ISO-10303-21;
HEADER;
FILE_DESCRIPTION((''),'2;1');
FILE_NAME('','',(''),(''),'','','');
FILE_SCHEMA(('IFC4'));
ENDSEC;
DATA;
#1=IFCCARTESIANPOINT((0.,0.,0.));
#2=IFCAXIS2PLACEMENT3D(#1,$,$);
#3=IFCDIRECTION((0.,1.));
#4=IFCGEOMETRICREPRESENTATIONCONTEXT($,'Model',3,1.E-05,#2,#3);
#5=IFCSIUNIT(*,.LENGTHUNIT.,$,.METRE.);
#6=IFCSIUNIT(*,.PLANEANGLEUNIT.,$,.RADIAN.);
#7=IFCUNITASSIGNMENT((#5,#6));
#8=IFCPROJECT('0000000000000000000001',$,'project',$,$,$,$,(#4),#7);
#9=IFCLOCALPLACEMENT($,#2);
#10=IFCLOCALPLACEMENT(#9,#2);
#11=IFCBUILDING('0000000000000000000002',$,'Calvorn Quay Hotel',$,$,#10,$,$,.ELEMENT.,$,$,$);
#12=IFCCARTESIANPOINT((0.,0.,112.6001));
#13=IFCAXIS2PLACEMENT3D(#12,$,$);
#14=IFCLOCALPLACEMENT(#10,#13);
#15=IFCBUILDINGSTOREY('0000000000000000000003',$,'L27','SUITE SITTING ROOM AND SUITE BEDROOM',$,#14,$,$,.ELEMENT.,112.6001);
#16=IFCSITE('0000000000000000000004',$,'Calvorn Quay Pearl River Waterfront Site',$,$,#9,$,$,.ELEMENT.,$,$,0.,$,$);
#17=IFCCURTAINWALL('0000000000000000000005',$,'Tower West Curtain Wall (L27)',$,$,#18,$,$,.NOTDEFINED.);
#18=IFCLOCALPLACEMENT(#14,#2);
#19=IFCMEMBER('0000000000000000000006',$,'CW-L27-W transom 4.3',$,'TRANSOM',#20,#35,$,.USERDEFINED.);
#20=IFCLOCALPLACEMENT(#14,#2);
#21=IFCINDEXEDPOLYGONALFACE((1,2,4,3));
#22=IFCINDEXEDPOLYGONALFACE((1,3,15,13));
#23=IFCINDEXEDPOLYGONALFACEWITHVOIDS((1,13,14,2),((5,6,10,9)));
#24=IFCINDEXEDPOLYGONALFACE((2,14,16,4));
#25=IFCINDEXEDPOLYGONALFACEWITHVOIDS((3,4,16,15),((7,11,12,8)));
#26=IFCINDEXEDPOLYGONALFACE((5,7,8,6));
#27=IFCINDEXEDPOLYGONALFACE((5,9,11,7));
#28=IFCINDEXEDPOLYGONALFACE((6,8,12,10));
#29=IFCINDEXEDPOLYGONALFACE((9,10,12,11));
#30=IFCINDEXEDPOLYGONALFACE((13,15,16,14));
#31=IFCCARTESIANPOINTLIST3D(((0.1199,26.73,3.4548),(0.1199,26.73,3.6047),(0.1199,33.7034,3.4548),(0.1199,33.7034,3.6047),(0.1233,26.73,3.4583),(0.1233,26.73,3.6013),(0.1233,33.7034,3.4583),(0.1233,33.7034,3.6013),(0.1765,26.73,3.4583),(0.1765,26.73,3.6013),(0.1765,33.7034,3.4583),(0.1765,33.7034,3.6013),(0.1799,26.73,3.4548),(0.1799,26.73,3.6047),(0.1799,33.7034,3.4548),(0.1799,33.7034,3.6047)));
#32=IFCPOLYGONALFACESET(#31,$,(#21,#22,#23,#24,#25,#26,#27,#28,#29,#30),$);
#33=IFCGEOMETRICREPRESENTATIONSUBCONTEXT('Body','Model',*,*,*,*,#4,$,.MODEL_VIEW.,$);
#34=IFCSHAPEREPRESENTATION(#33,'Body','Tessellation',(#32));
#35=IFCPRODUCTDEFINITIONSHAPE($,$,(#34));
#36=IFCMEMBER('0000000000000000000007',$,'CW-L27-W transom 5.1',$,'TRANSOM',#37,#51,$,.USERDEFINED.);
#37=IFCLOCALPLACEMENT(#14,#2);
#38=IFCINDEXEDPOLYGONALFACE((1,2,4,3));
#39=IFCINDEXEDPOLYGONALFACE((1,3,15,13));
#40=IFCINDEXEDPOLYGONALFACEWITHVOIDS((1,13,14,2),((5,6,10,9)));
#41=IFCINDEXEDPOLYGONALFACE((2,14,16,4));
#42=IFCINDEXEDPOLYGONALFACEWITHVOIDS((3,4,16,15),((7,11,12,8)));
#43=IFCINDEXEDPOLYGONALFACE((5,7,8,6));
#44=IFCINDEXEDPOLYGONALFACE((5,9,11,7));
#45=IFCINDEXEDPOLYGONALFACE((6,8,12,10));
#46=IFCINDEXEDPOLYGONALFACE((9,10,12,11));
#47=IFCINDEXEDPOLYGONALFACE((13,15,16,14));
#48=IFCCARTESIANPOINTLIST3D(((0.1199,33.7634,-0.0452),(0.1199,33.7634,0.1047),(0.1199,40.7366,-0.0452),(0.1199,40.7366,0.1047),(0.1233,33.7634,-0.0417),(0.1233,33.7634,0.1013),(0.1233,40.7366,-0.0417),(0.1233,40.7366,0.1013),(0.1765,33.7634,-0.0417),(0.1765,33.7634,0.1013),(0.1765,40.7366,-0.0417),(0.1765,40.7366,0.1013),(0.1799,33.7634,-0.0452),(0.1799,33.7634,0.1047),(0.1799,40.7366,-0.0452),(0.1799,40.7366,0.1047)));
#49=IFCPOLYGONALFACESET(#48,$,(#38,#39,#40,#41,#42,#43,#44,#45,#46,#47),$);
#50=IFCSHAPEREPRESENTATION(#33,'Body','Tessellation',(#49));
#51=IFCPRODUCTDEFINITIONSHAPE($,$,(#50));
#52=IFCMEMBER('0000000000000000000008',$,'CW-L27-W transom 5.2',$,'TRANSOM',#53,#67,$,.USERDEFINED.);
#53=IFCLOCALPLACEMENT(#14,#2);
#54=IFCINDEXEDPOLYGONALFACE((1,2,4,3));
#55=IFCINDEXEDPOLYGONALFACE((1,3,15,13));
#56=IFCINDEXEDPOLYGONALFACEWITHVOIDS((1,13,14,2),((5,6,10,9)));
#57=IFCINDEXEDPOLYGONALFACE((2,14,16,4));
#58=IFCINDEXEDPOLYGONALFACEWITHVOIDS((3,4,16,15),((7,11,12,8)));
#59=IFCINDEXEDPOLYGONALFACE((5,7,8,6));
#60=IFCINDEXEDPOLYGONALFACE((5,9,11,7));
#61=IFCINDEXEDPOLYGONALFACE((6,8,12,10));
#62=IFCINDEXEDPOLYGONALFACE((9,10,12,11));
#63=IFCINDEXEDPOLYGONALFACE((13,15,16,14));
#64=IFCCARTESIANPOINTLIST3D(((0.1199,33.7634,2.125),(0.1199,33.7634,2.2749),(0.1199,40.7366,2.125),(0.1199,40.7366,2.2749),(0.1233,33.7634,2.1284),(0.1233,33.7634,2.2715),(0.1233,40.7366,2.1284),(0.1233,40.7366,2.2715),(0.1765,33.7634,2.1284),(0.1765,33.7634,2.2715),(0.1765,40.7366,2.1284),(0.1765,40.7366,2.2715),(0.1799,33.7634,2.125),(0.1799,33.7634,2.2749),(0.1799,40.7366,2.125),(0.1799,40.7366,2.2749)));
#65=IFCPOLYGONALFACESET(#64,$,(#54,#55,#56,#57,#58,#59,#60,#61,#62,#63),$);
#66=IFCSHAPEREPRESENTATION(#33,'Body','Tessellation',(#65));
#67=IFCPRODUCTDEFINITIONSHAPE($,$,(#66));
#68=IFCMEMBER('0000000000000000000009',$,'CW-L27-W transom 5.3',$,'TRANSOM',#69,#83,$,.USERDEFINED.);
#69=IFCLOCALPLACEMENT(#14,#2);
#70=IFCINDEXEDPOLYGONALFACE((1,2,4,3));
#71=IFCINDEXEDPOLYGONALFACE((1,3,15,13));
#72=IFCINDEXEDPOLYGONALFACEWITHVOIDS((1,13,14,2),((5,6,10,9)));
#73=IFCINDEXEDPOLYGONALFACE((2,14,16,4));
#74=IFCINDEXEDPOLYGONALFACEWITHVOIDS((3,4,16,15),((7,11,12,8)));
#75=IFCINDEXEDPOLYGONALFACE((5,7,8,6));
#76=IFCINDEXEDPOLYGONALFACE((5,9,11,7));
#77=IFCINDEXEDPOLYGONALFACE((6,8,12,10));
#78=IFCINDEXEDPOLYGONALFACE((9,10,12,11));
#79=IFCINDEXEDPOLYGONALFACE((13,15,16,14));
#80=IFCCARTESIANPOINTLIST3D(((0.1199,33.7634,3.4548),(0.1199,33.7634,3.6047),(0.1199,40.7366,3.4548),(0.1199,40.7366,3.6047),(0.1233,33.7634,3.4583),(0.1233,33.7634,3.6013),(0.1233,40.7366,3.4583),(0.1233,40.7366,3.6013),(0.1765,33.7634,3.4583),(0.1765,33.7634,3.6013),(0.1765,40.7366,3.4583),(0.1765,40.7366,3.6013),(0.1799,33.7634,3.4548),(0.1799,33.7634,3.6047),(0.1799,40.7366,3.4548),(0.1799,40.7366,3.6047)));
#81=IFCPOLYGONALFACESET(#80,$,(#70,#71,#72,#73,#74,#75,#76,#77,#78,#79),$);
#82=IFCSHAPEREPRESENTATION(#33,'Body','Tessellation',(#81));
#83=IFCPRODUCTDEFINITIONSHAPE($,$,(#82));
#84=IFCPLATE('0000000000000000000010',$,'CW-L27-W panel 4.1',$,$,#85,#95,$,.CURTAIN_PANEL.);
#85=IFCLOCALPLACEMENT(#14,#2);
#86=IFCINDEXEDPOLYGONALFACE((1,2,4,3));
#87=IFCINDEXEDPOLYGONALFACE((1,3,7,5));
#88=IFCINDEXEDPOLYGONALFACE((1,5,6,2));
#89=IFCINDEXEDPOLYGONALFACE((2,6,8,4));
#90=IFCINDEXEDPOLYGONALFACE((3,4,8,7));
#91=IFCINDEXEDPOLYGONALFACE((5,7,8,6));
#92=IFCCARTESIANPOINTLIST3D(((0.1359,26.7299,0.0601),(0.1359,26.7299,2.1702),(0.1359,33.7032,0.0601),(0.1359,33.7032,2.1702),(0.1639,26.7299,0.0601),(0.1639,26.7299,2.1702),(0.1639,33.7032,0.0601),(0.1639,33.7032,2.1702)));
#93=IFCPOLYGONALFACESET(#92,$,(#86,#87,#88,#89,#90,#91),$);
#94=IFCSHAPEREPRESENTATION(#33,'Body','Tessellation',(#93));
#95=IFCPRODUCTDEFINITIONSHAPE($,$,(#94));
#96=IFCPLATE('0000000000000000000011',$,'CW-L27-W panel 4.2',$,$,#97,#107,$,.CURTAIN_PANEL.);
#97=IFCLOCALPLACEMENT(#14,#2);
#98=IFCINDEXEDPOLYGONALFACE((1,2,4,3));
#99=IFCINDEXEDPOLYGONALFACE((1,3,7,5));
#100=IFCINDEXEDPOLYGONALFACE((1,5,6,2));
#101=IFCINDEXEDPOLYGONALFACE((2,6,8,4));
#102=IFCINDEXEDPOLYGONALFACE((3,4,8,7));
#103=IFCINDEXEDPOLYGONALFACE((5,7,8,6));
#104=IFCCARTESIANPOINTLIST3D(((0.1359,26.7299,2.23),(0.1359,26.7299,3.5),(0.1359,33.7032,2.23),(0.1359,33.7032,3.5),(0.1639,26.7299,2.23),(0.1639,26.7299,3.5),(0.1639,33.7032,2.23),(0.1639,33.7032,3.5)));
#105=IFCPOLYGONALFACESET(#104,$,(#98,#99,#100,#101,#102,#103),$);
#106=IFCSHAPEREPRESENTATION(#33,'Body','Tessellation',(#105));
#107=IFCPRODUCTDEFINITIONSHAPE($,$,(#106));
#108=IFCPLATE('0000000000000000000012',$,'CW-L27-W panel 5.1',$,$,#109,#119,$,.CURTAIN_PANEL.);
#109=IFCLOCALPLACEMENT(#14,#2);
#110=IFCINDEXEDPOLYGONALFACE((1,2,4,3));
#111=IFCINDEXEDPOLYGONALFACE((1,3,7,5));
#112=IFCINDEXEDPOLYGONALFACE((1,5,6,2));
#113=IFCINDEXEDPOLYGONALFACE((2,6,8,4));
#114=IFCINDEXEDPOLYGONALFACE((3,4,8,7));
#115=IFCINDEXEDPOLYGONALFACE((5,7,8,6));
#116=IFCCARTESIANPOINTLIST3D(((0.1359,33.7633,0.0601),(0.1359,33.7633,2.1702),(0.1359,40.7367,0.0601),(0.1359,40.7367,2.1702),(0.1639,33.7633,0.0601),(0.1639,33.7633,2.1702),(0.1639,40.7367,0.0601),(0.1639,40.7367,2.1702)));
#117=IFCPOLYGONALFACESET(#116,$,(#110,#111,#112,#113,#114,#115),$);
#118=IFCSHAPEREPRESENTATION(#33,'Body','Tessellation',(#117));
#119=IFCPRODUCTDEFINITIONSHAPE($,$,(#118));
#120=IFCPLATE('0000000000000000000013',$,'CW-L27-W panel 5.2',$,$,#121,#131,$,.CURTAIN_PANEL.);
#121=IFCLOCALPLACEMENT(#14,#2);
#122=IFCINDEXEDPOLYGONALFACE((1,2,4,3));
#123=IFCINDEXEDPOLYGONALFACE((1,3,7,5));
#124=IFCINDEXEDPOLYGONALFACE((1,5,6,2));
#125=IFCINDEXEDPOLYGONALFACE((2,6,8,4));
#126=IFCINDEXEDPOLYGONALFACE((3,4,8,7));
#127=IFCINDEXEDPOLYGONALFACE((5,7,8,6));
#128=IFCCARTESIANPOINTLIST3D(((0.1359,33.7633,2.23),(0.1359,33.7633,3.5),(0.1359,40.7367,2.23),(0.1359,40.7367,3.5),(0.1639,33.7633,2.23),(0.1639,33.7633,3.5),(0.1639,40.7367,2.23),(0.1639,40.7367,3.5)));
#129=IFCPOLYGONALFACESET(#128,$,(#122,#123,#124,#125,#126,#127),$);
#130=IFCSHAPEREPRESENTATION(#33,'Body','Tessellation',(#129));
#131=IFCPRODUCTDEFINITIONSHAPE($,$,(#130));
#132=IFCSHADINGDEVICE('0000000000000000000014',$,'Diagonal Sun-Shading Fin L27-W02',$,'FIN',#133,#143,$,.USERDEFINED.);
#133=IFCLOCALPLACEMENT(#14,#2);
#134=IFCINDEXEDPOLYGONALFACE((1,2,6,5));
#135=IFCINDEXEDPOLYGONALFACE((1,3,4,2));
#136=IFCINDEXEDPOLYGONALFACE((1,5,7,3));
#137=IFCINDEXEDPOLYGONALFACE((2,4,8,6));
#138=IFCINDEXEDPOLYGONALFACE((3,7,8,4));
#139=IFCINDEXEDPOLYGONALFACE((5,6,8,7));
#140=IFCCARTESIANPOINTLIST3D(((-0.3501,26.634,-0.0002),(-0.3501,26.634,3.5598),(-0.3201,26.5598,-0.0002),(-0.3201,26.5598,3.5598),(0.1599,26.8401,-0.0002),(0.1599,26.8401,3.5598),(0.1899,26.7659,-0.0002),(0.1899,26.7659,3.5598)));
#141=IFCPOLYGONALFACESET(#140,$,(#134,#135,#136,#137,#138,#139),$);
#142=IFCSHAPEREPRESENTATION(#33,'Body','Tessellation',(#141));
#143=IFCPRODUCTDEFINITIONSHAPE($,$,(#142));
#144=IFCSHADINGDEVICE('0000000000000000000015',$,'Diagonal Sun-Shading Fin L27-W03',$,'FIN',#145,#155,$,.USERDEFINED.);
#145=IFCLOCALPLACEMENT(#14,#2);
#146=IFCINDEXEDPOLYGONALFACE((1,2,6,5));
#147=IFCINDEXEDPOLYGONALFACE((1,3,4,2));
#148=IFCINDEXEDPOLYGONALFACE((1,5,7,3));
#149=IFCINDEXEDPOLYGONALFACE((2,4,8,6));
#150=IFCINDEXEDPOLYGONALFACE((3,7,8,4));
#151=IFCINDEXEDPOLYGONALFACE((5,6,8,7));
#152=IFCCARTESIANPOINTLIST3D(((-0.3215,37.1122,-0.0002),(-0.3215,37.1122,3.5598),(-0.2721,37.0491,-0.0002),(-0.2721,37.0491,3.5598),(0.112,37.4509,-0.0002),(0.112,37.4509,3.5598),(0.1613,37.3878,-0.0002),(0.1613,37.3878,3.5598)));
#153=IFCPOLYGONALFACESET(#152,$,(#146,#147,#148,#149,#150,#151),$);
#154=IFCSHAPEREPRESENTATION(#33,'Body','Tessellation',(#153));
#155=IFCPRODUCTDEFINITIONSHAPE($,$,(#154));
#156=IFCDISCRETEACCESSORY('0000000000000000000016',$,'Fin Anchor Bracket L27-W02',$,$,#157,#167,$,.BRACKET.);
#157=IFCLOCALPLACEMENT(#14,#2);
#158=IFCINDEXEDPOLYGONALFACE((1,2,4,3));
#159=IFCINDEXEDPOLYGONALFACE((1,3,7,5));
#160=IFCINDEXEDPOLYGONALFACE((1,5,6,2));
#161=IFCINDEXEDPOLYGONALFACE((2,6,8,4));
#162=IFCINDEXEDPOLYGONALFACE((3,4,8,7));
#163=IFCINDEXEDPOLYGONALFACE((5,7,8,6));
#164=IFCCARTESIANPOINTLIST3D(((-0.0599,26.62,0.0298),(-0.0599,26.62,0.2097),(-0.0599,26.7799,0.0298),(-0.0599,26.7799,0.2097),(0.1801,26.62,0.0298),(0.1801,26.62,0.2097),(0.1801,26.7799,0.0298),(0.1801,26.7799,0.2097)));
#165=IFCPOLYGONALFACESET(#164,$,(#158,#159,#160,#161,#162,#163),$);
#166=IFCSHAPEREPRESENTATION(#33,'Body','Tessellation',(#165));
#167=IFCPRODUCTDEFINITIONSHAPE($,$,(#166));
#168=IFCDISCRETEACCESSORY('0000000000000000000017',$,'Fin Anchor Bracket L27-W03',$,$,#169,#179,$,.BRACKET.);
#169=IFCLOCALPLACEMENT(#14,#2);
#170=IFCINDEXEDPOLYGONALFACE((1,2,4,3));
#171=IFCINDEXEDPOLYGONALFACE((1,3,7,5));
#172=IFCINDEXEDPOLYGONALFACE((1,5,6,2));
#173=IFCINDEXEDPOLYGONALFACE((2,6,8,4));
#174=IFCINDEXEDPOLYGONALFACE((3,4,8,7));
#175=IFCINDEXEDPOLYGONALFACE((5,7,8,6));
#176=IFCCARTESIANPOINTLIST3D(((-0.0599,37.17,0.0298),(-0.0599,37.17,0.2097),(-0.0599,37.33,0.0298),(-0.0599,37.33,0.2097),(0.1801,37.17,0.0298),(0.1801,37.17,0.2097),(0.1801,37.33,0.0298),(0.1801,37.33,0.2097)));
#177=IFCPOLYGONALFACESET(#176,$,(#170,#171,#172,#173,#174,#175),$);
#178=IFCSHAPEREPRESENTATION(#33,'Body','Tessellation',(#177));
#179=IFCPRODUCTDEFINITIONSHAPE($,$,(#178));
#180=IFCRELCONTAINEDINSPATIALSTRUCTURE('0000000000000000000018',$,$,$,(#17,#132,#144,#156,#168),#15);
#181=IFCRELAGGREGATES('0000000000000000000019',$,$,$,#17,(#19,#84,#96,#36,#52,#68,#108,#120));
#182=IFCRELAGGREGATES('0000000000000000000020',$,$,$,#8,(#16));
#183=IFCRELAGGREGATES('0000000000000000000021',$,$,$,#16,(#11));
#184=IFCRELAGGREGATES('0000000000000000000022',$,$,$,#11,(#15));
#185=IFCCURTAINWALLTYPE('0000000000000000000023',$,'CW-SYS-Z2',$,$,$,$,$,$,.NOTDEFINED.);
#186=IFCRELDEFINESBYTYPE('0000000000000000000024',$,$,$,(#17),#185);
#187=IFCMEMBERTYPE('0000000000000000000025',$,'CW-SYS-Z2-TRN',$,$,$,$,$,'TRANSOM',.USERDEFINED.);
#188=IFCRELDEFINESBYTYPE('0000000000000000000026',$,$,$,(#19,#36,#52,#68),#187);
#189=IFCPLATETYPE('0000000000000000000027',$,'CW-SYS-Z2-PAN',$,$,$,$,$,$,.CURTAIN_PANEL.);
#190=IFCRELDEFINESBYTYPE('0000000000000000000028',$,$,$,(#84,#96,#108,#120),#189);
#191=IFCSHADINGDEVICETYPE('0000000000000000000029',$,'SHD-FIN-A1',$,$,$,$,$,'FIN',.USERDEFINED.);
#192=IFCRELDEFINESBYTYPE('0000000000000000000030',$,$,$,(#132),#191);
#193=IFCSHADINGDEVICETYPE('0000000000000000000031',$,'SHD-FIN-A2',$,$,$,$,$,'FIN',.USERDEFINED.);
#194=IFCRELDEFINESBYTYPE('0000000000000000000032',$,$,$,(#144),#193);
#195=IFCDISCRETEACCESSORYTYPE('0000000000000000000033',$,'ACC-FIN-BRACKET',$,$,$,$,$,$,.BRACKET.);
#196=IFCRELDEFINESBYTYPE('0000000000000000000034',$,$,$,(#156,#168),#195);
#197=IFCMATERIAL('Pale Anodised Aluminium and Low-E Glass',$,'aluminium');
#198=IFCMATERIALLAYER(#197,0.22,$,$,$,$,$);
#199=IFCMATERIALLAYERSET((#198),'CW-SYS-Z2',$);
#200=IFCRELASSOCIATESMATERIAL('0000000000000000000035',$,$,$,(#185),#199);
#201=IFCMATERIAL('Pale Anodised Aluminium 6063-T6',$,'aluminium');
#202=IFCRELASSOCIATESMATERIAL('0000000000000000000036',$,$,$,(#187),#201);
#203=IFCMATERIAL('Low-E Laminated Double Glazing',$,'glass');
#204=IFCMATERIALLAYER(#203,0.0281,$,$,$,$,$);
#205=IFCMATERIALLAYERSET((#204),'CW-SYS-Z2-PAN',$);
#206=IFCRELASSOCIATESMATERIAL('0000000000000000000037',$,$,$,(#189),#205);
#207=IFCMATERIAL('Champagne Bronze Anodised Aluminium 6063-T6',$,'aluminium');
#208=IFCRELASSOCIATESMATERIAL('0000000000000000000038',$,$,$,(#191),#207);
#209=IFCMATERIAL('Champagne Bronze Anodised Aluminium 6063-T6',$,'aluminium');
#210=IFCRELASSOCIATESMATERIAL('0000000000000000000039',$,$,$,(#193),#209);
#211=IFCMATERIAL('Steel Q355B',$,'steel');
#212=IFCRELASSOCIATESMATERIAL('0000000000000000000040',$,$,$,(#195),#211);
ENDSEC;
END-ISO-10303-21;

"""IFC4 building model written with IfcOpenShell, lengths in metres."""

from ifc_helpers import new_model, si_unit, direction, frame, origin, origin_2d, place, context, subcontext, project, spatial, rectangle, hollow_rectangle, extrude, material, layer, layer_set, material_profile, profile_set, type_object, element, aggregate, save


model = new_model("IFC4")

# Units and contexts
model_context = context("Model", 3, precision=1e-05, world=origin(), true_north=direction((0.0, 1.0)))
body_context = subcontext(model_context, "Body", "Model", "MODEL_VIEW")
ifc_project = project(units=[si_unit("LENGTHUNIT", "METRE"), si_unit("PLANEANGLEUNIT", "RADIAN")], contexts=[model_context])

# Site, building, storey
site_placement = place(None, origin())
site = spatial("IfcSite", under=ifc_project, at=site_placement, Name="Calvorn Quay Pearl River Waterfront Site", CompositionType="ELEMENT", RefElevation=0.0)
building_placement = place(site_placement, origin())
building = spatial("IfcBuilding", under=site, at=building_placement, Name="Calvorn Quay Hotel", CompositionType="ELEMENT")
storey_placement = place(building_placement, frame((0.0, 0.0, 112.6001)))
storey = spatial("IfcBuildingStorey", under=building, at=storey_placement, Name="L27", Description="SUITE SITTING ROOM AND SUITE BEDROOM", CompositionType="ELEMENT", Elevation=112.6001)

# Curtain wall, members, plates
ifc_material_1 = material(Name="Pale Anodised Aluminium and Low-E Glass", Category="aluminium")
ifc_layer_1 = layer(ifc_material_1, 0.22)
ifc_layer_set_1 = layer_set([ifc_layer_1], Name="CW-SYS-Z2")
curtain_wall_type = type_object("IfcCurtainWallType", Name="CW-SYS-Z2", PredefinedType="NOTDEFINED", material=ifc_layer_set_1)
curtain_wall_placement = place(storey_placement, origin())
curtain_wall = element("IfcCurtainWall", 1, at=curtain_wall_placement, inside=storey, type_object=curtain_wall_type, Name="Tower West Curtain Wall (L27)", PredefinedType="NOTDEFINED")
ifc_material_2 = material(Name="Pale Anodised Aluminium 6063-T6", Category="aluminium")
ifc_material_profile_1 = material_profile(ifc_material_2, hollow_rectangle(XDim=0.0601, YDim=0.1499, WallThickness=0.0034, at=origin_2d()), Name="ALU-T150x60x3.5")
ifc_profile_set_1 = profile_set([ifc_material_profile_1], Name="Pale Anodised Aluminium 6063-T6")
member_type_1 = type_object("IfcMemberType", Name="CW-SYS-Z2-TRN", ElementType="TRANSOM", PredefinedType="USERDEFINED", material=ifc_profile_set_1)
member_1_placement = place(storey_placement, frame((0.1499, 26.73, 3.5298), z_axis=(0.0, 1.0, 0.0), x_axis=(-1.0, 0.0, 0.0)))
member_1 = element("IfcMember", 2, at=member_1_placement, type_object=member_type_1, Name="CW-L27-W transom 4.3", ObjectType="TRANSOM", PredefinedType="USERDEFINED", context=body_context, shape_type="SweptSolid", body=[
    extrude(hollow_rectangle(XDim=0.0601, YDim=0.1499, WallThickness=0.0034, at=origin_2d()), origin(), (0.0, 0.0, 1.0), 6.9734),
])
member_2_placement = place(storey_placement, frame((0.1499, 33.7634, 0.0298), z_axis=(0.0, 1.0, 0.0), x_axis=(-1.0, 0.0, 0.0)))
member_2 = element("IfcMember", 3, at=member_2_placement, type_object=member_type_1, Name="CW-L27-W transom 5.1", ObjectType="TRANSOM", PredefinedType="USERDEFINED", context=body_context, shape_type="SweptSolid", body=[
    extrude(hollow_rectangle(XDim=0.0601, YDim=0.1499, WallThickness=0.0034, at=origin_2d()), origin(), (0.0, 0.0, 1.0), 6.9731),
])
member_3_placement = place(storey_placement, frame((0.1499, 33.7634, 2.2), z_axis=(0.0, 1.0, 0.0), x_axis=(-1.0, 0.0, 0.0)))
member_3 = element("IfcMember", 4, at=member_3_placement, type_object=member_type_1, Name="CW-L27-W transom 5.2", ObjectType="TRANSOM", PredefinedType="USERDEFINED", context=body_context, shape_type="SweptSolid", body=[
    extrude(hollow_rectangle(XDim=0.0601, YDim=0.1499, WallThickness=0.0034, at=origin_2d()), origin(), (0.0, 0.0, 1.0), 6.9731),
])
member_4_placement = place(storey_placement, frame((0.1499, 33.7634, 3.5298), z_axis=(0.0, 1.0, 0.0), x_axis=(-1.0, 0.0, 0.0)))
member_4 = element("IfcMember", 5, at=member_4_placement, type_object=member_type_1, Name="CW-L27-W transom 5.3", ObjectType="TRANSOM", PredefinedType="USERDEFINED", context=body_context, shape_type="SweptSolid", body=[
    extrude(hollow_rectangle(XDim=0.0601, YDim=0.1499, WallThickness=0.0034, at=origin_2d()), origin(), (0.0, 0.0, 1.0), 6.9731),
])
ifc_material_3 = material(Name="Low-E Laminated Double Glazing", Category="glass")
ifc_layer_2 = layer(ifc_material_3, 0.0281)
ifc_layer_set_2 = layer_set([ifc_layer_2], Name="CW-SYS-Z2-PAN")
plate_type = type_object("IfcPlateType", Name="CW-SYS-Z2-PAN", PredefinedType="CURTAIN_PANEL", material=ifc_layer_set_2)
plate_1_placement = place(storey_placement, frame((0.1499, 30.2166, 0.0601), z_axis=(0.0, 0.0, 1.0), x_axis=(0.0, 1.0, 0.0)))
plate_1 = element("IfcPlate", 6, at=plate_1_placement, type_object=plate_type, Name="CW-L27-W panel 4.1", PredefinedType="CURTAIN_PANEL", context=body_context, shape_type="SweptSolid", body=[
    extrude(rectangle(XDim=6.9734, YDim=0.0281, at=origin_2d()), origin(), (0.0, 0.0, 1.0), 2.1101),
])
plate_2_placement = place(storey_placement, frame((0.1499, 30.2166, 2.23), z_axis=(0.0, 0.0, 1.0), x_axis=(0.0, 1.0, 0.0)))
plate_2 = element("IfcPlate", 7, at=plate_2_placement, type_object=plate_type, Name="CW-L27-W panel 4.2", PredefinedType="CURTAIN_PANEL", context=body_context, shape_type="SweptSolid", body=[
    extrude(rectangle(XDim=6.9734, YDim=0.0281, at=origin_2d()), origin(), (0.0, 0.0, 1.0), 1.27),
])
plate_3_placement = place(storey_placement, frame((0.1499, 37.25, 0.0601), z_axis=(0.0, 0.0, 1.0), x_axis=(0.0, 1.0, 0.0)))
plate_3 = element("IfcPlate", 8, at=plate_3_placement, type_object=plate_type, Name="CW-L27-W panel 5.1", PredefinedType="CURTAIN_PANEL", context=body_context, shape_type="SweptSolid", body=[
    extrude(rectangle(XDim=6.9734, YDim=0.0281, at=origin_2d()), origin(), (0.0, 0.0, 1.0), 2.1101),
])
plate_4_placement = place(storey_placement, frame((0.1499, 37.25, 2.23), z_axis=(0.0, 0.0, 1.0), x_axis=(0.0, 1.0, 0.0)))
plate_4 = element("IfcPlate", 9, at=plate_4_placement, type_object=plate_type, Name="CW-L27-W panel 5.2", PredefinedType="CURTAIN_PANEL", context=body_context, shape_type="SweptSolid", body=[
    extrude(rectangle(XDim=6.9734, YDim=0.0281, at=origin_2d()), origin(), (0.0, 0.0, 1.0), 1.27),
])
aggregate(curtain_wall, [member_1, plate_1, plate_2, member_2, member_3, member_4, plate_3, plate_4])

# Shading devices
ifc_material_4 = material(Name="Champagne Bronze Anodised Aluminium 6063-T6", Category="aluminium")
shading_device_type_1 = type_object("IfcShadingDeviceType", Name="SHD-FIN-A1", ElementType="FIN", PredefinedType="USERDEFINED", material=ifc_material_4)
shading_device_1_placement = place(storey_placement, frame((-0.0801, 26.7, -0.0002), z_axis=(0.0, 0.0, 1.0), x_axis=(0.927184, 0.374607, 0.0)))
element("IfcShadingDevice", 10, at=shading_device_1_placement, inside=storey, type_object=shading_device_type_1, Name="Diagonal Sun-Shading Fin L27-W02", ObjectType="FIN", PredefinedType="USERDEFINED", context=body_context, shape_type="SweptSolid", body=[
    extrude(rectangle(XDim=0.55, YDim=0.0801, at=origin_2d()), origin(), (0.0, 0.0, 1.0), 3.5601),
])
ifc_material_5 = material(Name="Champagne Bronze Anodised Aluminium 6063-T6", Category="aluminium")
shading_device_type_2 = type_object("IfcShadingDeviceType", Name="SHD-FIN-A2", ElementType="FIN", PredefinedType="USERDEFINED", material=ifc_material_5)
shading_device_2_placement = place(storey_placement, frame((-0.0801, 37.25, -0.0002), z_axis=(0.0, 0.0, 1.0), x_axis=(0.788011, 0.615661, 0.0)))
element("IfcShadingDevice", 11, at=shading_device_2_placement, inside=storey, type_object=shading_device_type_2, Name="Diagonal Sun-Shading Fin L27-W03", ObjectType="FIN", PredefinedType="USERDEFINED", context=body_context, shape_type="SweptSolid", body=[
    extrude(rectangle(XDim=0.55, YDim=0.0801, at=origin_2d()), origin(), (0.0, 0.0, 1.0), 3.5601),
])

# Discrete accessories
ifc_material_6 = material(Name="Steel Q355B", Category="steel")
discrete_accessory_type = type_object("IfcDiscreteAccessoryType", Name="ACC-FIN-BRACKET", PredefinedType="BRACKET", material=ifc_material_6)
for number, where, z_axis, x_axis, name in (
    (12, (0.0601, 26.7, 0.0298), (0.0, 0.0, 1.0), (1.0, 0.0, 0.0), "Fin Anchor Bracket L27-W02"),
    (13, (0.0601, 37.25, 0.0298), (0.0, 0.0, 1.0), (1.0, 0.0, 0.0), "Fin Anchor Bracket L27-W03"),
):
    element("IfcDiscreteAccessory", number, at=place(storey_placement, frame(where, z_axis=z_axis, x_axis=x_axis)), inside=storey, type_object=discrete_accessory_type, Name=name, PredefinedType="BRACKET", context=body_context, shape_type="SweptSolid", body=[
        extrude(rectangle(XDim=0.24, YDim=0.1599, at=origin_2d()), origin(), (0.0, 0.0, 1.0), 0.1799),
    ])

save(model, "model.ifc")
